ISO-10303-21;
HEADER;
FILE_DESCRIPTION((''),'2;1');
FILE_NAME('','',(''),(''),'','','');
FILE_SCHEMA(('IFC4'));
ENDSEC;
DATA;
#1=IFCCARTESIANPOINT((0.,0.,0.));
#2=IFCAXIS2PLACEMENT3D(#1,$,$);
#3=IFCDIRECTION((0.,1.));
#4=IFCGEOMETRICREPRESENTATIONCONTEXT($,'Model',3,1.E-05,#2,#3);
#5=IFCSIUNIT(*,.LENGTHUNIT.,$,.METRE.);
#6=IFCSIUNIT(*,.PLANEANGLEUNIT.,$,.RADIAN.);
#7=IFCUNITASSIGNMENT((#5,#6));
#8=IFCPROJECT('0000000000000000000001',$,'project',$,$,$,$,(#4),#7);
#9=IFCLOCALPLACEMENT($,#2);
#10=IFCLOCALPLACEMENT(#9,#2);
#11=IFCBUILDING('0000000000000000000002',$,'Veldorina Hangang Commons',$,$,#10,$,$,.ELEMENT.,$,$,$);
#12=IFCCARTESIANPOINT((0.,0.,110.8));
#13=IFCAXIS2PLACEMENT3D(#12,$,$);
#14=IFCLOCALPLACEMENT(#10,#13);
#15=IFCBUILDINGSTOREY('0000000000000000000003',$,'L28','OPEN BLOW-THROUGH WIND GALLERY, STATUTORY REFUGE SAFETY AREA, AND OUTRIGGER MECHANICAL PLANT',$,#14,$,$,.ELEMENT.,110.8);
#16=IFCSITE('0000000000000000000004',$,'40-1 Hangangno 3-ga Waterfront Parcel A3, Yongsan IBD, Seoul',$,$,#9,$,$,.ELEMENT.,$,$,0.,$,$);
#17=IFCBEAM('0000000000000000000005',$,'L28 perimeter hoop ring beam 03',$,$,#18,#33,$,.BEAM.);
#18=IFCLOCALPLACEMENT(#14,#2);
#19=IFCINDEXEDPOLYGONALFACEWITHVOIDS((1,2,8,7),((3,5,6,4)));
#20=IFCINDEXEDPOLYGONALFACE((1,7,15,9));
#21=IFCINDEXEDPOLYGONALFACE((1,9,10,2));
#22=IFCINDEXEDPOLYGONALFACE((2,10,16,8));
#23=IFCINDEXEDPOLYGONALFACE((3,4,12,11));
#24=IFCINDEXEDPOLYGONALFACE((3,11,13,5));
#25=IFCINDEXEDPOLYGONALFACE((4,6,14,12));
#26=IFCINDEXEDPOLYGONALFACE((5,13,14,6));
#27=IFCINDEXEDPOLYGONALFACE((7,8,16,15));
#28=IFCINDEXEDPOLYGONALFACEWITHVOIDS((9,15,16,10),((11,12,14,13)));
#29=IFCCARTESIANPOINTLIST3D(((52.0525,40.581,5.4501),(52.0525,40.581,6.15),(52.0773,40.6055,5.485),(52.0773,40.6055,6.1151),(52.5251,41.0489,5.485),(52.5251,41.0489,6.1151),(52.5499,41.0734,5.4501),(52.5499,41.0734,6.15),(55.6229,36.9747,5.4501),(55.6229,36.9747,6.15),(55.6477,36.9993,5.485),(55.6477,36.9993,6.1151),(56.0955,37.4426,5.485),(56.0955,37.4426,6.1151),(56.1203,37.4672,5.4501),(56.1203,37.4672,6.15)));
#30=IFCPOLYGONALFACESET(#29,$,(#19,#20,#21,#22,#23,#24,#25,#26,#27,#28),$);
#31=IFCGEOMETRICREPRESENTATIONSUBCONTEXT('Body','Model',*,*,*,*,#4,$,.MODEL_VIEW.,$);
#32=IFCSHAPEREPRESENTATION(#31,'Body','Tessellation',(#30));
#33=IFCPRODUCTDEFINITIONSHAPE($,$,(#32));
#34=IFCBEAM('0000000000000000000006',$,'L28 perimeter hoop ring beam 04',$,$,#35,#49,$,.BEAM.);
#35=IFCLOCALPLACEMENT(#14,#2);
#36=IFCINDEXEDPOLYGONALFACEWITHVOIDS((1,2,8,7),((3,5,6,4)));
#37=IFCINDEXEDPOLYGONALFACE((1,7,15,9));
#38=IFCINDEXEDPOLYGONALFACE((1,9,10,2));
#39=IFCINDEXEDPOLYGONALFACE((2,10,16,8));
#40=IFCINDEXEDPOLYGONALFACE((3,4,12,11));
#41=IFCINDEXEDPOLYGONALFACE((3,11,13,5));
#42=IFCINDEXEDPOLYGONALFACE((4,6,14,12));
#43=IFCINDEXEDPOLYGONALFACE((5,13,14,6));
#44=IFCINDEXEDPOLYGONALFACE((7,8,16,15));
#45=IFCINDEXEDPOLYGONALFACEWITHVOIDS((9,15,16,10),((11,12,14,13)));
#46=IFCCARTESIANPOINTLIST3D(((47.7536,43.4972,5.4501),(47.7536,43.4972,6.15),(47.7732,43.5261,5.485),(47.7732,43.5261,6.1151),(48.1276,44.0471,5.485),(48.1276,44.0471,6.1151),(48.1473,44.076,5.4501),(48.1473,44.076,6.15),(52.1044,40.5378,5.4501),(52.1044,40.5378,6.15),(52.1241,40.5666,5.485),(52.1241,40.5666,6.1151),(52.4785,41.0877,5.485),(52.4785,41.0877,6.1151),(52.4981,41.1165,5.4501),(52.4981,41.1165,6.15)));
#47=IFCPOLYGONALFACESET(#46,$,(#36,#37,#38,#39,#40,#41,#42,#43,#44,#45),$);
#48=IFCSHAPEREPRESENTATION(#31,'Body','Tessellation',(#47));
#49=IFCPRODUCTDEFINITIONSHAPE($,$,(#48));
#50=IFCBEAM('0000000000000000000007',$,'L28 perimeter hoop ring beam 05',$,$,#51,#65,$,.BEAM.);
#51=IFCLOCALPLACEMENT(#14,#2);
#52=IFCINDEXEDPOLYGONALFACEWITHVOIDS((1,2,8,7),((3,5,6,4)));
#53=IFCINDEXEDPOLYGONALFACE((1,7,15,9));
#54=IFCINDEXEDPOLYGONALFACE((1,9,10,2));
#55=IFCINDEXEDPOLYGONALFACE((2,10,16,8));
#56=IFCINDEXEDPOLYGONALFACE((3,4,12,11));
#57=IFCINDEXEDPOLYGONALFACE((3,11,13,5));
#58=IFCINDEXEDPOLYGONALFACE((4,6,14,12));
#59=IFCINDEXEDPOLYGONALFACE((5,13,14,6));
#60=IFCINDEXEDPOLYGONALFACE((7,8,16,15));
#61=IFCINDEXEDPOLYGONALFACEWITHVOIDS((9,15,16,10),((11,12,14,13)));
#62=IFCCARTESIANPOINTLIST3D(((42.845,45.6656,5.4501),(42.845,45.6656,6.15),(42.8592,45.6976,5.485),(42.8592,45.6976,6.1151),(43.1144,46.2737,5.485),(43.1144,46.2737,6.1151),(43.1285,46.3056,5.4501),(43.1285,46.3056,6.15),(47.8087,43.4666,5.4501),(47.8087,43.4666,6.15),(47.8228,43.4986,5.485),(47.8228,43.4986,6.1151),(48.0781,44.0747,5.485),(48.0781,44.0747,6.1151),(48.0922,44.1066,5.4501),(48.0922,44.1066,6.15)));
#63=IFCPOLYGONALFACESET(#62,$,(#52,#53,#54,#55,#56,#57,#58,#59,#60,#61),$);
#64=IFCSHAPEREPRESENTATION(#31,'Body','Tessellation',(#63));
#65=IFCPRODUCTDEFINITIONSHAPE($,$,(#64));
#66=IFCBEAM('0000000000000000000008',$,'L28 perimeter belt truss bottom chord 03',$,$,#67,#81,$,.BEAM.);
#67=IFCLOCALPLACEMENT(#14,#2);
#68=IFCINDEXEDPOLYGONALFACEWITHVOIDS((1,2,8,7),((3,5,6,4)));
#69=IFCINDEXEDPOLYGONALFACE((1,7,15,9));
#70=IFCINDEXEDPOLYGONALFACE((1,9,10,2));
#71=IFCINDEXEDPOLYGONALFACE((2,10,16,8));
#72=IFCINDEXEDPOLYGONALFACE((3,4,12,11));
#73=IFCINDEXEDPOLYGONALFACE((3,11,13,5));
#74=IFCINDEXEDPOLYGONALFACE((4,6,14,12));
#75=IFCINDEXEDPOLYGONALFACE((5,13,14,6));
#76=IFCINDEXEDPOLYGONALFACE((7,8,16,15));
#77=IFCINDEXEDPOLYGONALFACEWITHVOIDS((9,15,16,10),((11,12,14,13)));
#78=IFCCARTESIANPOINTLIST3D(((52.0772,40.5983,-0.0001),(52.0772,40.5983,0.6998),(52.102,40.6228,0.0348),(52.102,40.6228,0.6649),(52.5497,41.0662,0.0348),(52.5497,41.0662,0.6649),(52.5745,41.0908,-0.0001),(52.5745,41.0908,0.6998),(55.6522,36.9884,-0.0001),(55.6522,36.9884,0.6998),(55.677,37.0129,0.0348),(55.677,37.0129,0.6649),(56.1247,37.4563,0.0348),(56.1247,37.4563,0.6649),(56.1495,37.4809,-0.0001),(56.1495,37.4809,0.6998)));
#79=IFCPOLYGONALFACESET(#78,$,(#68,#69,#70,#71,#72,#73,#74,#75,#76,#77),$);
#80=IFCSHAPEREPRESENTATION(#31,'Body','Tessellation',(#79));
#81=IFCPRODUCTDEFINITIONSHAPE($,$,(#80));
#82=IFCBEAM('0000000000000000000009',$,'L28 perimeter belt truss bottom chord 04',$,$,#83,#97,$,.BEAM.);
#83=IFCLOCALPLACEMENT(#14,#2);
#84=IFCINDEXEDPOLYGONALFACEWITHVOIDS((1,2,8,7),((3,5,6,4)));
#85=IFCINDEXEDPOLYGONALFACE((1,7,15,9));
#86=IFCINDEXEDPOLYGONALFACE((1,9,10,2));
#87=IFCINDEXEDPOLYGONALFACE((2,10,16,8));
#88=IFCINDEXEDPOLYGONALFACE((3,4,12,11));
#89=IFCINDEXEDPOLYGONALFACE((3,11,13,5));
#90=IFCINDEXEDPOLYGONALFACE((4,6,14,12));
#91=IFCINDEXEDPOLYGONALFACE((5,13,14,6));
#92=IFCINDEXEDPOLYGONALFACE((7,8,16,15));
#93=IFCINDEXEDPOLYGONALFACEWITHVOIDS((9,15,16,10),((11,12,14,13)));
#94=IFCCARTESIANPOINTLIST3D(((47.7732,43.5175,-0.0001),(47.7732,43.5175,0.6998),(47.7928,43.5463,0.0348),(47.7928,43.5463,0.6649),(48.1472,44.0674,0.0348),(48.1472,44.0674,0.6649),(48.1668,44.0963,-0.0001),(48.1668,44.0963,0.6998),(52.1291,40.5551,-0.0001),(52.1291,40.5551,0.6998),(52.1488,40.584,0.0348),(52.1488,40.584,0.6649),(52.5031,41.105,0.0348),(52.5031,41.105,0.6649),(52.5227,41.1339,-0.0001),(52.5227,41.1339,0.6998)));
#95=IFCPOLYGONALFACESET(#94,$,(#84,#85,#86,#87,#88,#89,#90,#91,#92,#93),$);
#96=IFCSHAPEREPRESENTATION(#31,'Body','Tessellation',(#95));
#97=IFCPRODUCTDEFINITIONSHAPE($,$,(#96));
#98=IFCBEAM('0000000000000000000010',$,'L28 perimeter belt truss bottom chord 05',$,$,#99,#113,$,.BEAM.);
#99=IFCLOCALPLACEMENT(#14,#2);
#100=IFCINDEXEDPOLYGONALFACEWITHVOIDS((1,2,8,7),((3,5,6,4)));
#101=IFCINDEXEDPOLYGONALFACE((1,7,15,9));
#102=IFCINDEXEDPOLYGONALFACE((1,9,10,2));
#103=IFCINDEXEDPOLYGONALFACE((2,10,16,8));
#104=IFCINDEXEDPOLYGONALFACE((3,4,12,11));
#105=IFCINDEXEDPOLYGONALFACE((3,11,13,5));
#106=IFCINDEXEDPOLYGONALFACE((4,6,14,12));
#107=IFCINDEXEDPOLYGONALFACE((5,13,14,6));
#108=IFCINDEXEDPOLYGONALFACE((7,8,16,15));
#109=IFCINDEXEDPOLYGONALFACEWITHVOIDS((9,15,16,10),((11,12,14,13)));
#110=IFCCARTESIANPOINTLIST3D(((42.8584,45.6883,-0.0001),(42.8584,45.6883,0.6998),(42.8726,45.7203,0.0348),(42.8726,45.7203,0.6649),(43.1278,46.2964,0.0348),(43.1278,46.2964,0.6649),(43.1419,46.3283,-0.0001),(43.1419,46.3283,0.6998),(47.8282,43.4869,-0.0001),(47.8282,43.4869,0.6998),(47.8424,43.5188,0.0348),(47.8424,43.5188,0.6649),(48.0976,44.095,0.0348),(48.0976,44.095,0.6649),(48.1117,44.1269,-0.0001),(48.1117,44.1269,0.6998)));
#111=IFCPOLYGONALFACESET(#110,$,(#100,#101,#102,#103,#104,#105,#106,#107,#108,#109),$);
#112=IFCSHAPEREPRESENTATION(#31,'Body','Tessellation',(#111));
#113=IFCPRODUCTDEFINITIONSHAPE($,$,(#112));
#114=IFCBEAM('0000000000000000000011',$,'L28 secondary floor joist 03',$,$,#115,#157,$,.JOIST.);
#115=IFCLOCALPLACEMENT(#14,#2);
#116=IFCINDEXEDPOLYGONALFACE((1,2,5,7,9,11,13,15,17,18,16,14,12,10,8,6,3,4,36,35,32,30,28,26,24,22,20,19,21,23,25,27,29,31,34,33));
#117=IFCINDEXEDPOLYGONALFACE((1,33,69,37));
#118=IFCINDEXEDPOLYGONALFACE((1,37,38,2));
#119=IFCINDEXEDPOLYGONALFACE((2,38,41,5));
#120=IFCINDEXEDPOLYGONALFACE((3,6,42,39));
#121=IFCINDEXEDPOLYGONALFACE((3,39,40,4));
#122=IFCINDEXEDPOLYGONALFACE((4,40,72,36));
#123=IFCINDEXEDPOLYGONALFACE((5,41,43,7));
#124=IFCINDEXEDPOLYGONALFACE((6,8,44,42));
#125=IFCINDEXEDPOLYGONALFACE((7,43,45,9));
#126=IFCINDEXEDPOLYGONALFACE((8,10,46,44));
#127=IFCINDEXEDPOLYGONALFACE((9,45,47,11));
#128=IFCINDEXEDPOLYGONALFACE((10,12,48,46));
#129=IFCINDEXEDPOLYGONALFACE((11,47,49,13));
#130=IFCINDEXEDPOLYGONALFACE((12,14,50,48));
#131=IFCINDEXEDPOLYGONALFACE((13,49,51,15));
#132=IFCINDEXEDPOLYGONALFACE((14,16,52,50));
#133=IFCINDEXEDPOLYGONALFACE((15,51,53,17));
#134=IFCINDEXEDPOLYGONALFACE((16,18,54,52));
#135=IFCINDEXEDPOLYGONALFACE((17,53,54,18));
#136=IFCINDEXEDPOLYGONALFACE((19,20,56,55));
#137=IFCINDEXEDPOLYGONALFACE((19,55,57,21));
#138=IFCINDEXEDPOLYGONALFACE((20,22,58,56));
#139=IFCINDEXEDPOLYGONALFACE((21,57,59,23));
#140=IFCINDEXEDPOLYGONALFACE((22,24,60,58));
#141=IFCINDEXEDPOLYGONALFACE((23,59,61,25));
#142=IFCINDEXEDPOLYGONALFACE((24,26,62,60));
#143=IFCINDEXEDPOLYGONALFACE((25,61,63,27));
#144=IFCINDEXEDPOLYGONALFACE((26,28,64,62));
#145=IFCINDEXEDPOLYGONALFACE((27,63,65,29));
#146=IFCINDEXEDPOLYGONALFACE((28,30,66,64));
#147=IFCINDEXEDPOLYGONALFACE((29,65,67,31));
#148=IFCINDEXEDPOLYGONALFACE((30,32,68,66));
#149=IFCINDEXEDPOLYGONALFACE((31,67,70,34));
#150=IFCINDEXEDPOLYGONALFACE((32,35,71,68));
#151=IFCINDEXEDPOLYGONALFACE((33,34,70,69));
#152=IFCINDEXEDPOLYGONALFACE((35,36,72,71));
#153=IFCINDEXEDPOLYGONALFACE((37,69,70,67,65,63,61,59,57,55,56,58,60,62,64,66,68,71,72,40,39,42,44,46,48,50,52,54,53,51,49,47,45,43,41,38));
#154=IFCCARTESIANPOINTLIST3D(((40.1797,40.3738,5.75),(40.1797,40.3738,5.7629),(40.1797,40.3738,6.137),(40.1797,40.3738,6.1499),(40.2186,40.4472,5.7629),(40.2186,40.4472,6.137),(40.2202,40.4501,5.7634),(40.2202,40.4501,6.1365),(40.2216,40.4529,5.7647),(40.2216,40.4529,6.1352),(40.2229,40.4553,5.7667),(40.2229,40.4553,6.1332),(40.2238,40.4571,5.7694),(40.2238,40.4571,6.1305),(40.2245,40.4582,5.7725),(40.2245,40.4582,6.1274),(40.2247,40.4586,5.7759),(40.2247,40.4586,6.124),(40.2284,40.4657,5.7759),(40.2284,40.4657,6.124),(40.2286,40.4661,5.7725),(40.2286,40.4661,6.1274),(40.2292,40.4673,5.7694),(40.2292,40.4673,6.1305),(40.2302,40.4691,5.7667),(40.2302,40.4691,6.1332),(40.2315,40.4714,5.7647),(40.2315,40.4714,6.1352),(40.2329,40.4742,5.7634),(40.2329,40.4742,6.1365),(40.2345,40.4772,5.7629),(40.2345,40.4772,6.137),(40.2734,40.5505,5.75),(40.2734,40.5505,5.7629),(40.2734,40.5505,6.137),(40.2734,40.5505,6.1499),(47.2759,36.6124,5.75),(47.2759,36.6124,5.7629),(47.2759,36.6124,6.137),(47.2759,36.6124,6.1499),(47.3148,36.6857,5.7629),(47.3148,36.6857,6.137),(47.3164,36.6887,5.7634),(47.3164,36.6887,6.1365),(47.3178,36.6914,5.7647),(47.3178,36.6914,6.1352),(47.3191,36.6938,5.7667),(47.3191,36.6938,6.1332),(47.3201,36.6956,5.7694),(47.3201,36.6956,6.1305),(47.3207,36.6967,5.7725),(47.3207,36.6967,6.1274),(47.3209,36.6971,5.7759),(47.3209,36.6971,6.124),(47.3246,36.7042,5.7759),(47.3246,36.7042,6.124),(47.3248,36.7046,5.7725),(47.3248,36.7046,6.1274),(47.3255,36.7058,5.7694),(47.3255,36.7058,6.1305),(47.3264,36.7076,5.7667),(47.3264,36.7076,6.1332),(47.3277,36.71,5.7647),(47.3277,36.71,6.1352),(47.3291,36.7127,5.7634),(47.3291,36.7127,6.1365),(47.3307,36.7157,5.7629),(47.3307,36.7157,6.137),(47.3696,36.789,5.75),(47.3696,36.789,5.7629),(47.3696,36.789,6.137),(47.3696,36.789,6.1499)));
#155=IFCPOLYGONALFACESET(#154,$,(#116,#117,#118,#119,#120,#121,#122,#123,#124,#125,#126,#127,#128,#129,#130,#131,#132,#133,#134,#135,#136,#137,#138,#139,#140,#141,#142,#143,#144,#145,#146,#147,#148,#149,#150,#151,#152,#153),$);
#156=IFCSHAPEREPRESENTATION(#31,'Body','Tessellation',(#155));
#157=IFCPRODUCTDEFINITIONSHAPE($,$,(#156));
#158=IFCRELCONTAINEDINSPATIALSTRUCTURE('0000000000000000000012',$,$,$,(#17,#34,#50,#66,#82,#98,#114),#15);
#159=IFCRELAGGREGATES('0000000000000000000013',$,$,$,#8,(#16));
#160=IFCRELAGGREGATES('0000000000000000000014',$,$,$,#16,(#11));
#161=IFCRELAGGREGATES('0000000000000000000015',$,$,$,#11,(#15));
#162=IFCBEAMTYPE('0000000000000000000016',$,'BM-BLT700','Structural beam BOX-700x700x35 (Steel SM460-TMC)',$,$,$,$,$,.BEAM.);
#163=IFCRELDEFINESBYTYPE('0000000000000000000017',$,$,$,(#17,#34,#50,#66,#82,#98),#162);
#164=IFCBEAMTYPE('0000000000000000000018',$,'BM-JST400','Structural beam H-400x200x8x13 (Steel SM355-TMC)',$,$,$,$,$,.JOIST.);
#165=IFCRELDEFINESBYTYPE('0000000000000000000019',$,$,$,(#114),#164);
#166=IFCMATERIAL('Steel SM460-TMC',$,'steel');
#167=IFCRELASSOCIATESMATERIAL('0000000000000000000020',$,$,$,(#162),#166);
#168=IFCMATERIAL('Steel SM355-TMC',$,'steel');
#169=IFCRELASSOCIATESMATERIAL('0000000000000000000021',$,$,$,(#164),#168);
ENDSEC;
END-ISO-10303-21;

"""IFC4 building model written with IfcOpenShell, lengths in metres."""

from ifc_helpers import new_model, si_unit, direction, frame, origin, origin_2d, place, context, subcontext, project, spatial, hollow_rectangle, i_section, extrude, material, material_profile, profile_set, type_object, element, save


model = new_model("IFC4")

# Units and contexts
model_context = context("Model", 3, precision=1e-05, world=origin(), true_north=direction((0.0, 1.0)))
body_context = subcontext(model_context, "Body", "Model", "MODEL_VIEW")
ifc_project = project(units=[si_unit("LENGTHUNIT", "METRE"), si_unit("PLANEANGLEUNIT", "RADIAN")], contexts=[model_context])

# Site, building, storey
site_placement = place(None, origin())
site = spatial("IfcSite", under=ifc_project, at=site_placement, Name="40-1 Hangangno 3-ga Waterfront Parcel A3, Yongsan IBD, Seoul", CompositionType="ELEMENT", RefElevation=0.0)
building_placement = place(site_placement, origin())
building = spatial("IfcBuilding", under=site, at=building_placement, Name="Veldorina Hangang Commons", CompositionType="ELEMENT")
storey_placement = place(building_placement, frame((0.0, 0.0, 110.8)))
storey = spatial("IfcBuildingStorey", under=building, at=storey_placement, Name="L28", Description="OPEN BLOW-THROUGH WIND GALLERY, STATUTORY REFUGE SAFETY AREA, AND OUTRIGGER MECHANICAL PLANT", CompositionType="ELEMENT", Elevation=110.8)

# Beams
ifc_material_1 = material(Name="Steel SM460-TMC", Category="steel")
ifc_material_profile_1 = material_profile(ifc_material_1, hollow_rectangle(XDim=0.7, YDim=0.7, WallThickness=0.0349, at=origin_2d()), Name="BOX-700x700x35")
ifc_profile_set_1 = profile_set([ifc_material_profile_1], Name="Steel SM460-TMC")
beam_type_1 = type_object("IfcBeamType", Name="BM-BLT700", Description="Structural beam BOX-700x700x35 (Steel SM460-TMC)", PredefinedType="BEAM", material=ifc_profile_set_1)
beam_1_placement = place(storey_placement, frame((55.8716, 37.2209, 5.8), z_axis=(-0.703562, 0.710634, 0.0), x_axis=(-0.710634, -0.703562, 0.0)))
element("IfcBeam", 1, at=beam_1_placement, inside=storey, type_object=beam_type_1, Name="L28 perimeter hoop ring beam 03", PredefinedType="BEAM", context=body_context, shape_type="SweptSolid", body=[
    extrude(hollow_rectangle(XDim=0.7, YDim=0.7, WallThickness=0.0349, at=origin_2d()), origin(), (0.0, 0.0, 1.0), 5.0747),
])
beam_2_placement = place(storey_placement, frame((52.3013, 40.8271, 5.8), z_axis=(-0.826846, 0.562428, 0.0), x_axis=(-0.562428, -0.826846, 0.0)))
element("IfcBeam", 2, at=beam_2_placement, inside=storey, type_object=beam_type_1, Name="L28 perimeter hoop ring beam 04", PredefinedType="BEAM", context=body_context, shape_type="SweptSolid", body=[
    extrude(hollow_rectangle(XDim=0.7, YDim=0.7, WallThickness=0.0349, at=origin_2d()), origin(), (0.0, 0.0, 1.0), 5.262),
])
beam_3_placement = place(storey_placement, frame((47.9504, 43.7866, 5.8), z_axis=(-0.914295, 0.405049, 0.0), x_axis=(-0.405049, -0.914295, 0.0)))
element("IfcBeam", 3, at=beam_3_placement, inside=storey, type_object=beam_type_1, Name="L28 perimeter hoop ring beam 05", PredefinedType="BEAM", context=body_context, shape_type="SweptSolid", body=[
    extrude(hollow_rectangle(XDim=0.7, YDim=0.7, WallThickness=0.0349, at=origin_2d()), origin(), (0.0, 0.0, 1.0), 5.429),
])
beam_4_placement = place(storey_placement, frame((55.9009, 37.2346, 0.3499), z_axis=(-0.703663, 0.710534, 0.0), x_axis=(-0.710534, -0.703663, 0.0)))
element("IfcBeam", 4, at=beam_4_placement, inside=storey, type_object=beam_type_1, Name="L28 perimeter belt truss bottom chord 03", PredefinedType="BEAM", context=body_context, shape_type="SweptSolid", body=[
    extrude(hollow_rectangle(XDim=0.7, YDim=0.7, WallThickness=0.0349, at=origin_2d()), origin(), (0.0, 0.0, 1.0), 5.0806),
])
beam_5_placement = place(storey_placement, frame((52.3259, 40.8445, 0.3499), z_axis=(-0.826895, 0.562356, 0.0), x_axis=(-0.562356, -0.826895, 0.0)))
element("IfcBeam", 5, at=beam_5_placement, inside=storey, type_object=beam_type_1, Name="L28 perimeter belt truss bottom chord 04", PredefinedType="BEAM", context=body_context, shape_type="SweptSolid", body=[
    extrude(hollow_rectangle(XDim=0.7, YDim=0.7, WallThickness=0.0349, at=origin_2d()), origin(), (0.0, 0.0, 1.0), 5.2678),
])
beam_6_placement = place(storey_placement, frame((47.97, 43.8069, 0.3499), z_axis=(-0.914313, 0.405009, 0.0), x_axis=(-0.405009, -0.914313, 0.0)))
element("IfcBeam", 6, at=beam_6_placement, inside=storey, type_object=beam_type_1, Name="L28 perimeter belt truss bottom chord 05", PredefinedType="BEAM", context=body_context, shape_type="SweptSolid", body=[
    extrude(hollow_rectangle(XDim=0.7, YDim=0.7, WallThickness=0.0349, at=origin_2d()), origin(), (0.0, 0.0, 1.0), 5.4355),
])
ifc_material_2 = material(Name="Steel SM355-TMC", Category="steel")
ifc_material_profile_2 = material_profile(ifc_material_2, i_section(OverallWidth=0.2, OverallDepth=0.3999, WebThickness=0.0081, FlangeThickness=0.0129, FilletRadius=0.0129, at=origin_2d()), Name="H-400x200x8x13")
ifc_profile_set_2 = profile_set([ifc_material_profile_2], Name="Steel SM355-TMC")
beam_type_2 = type_object("IfcBeamType", Name="BM-JST400", Description="Structural beam H-400x200x8x13 (Steel SM355-TMC)", PredefinedType="JOIST", material=ifc_profile_set_2)
beam_7_placement = place(storey_placement, frame((47.3228, 36.7007, 5.95), z_axis=(-0.883547, 0.468342, 0.0), x_axis=(-0.468342, -0.883547, 0.0)))
element("IfcBeam", 7, at=beam_7_placement, inside=storey, type_object=beam_type_2, Name="L28 secondary floor joist 03", PredefinedType="JOIST", context=body_context, shape_type="SweptSolid", body=[
    extrude(i_section(OverallWidth=0.2, OverallDepth=0.3999, WebThickness=0.0081, FlangeThickness=0.0129, FilletRadius=0.0129, at=origin_2d()), origin(), (0.0, 0.0, 1.0), 8.0315),
])

save(model, "model.ifc")
